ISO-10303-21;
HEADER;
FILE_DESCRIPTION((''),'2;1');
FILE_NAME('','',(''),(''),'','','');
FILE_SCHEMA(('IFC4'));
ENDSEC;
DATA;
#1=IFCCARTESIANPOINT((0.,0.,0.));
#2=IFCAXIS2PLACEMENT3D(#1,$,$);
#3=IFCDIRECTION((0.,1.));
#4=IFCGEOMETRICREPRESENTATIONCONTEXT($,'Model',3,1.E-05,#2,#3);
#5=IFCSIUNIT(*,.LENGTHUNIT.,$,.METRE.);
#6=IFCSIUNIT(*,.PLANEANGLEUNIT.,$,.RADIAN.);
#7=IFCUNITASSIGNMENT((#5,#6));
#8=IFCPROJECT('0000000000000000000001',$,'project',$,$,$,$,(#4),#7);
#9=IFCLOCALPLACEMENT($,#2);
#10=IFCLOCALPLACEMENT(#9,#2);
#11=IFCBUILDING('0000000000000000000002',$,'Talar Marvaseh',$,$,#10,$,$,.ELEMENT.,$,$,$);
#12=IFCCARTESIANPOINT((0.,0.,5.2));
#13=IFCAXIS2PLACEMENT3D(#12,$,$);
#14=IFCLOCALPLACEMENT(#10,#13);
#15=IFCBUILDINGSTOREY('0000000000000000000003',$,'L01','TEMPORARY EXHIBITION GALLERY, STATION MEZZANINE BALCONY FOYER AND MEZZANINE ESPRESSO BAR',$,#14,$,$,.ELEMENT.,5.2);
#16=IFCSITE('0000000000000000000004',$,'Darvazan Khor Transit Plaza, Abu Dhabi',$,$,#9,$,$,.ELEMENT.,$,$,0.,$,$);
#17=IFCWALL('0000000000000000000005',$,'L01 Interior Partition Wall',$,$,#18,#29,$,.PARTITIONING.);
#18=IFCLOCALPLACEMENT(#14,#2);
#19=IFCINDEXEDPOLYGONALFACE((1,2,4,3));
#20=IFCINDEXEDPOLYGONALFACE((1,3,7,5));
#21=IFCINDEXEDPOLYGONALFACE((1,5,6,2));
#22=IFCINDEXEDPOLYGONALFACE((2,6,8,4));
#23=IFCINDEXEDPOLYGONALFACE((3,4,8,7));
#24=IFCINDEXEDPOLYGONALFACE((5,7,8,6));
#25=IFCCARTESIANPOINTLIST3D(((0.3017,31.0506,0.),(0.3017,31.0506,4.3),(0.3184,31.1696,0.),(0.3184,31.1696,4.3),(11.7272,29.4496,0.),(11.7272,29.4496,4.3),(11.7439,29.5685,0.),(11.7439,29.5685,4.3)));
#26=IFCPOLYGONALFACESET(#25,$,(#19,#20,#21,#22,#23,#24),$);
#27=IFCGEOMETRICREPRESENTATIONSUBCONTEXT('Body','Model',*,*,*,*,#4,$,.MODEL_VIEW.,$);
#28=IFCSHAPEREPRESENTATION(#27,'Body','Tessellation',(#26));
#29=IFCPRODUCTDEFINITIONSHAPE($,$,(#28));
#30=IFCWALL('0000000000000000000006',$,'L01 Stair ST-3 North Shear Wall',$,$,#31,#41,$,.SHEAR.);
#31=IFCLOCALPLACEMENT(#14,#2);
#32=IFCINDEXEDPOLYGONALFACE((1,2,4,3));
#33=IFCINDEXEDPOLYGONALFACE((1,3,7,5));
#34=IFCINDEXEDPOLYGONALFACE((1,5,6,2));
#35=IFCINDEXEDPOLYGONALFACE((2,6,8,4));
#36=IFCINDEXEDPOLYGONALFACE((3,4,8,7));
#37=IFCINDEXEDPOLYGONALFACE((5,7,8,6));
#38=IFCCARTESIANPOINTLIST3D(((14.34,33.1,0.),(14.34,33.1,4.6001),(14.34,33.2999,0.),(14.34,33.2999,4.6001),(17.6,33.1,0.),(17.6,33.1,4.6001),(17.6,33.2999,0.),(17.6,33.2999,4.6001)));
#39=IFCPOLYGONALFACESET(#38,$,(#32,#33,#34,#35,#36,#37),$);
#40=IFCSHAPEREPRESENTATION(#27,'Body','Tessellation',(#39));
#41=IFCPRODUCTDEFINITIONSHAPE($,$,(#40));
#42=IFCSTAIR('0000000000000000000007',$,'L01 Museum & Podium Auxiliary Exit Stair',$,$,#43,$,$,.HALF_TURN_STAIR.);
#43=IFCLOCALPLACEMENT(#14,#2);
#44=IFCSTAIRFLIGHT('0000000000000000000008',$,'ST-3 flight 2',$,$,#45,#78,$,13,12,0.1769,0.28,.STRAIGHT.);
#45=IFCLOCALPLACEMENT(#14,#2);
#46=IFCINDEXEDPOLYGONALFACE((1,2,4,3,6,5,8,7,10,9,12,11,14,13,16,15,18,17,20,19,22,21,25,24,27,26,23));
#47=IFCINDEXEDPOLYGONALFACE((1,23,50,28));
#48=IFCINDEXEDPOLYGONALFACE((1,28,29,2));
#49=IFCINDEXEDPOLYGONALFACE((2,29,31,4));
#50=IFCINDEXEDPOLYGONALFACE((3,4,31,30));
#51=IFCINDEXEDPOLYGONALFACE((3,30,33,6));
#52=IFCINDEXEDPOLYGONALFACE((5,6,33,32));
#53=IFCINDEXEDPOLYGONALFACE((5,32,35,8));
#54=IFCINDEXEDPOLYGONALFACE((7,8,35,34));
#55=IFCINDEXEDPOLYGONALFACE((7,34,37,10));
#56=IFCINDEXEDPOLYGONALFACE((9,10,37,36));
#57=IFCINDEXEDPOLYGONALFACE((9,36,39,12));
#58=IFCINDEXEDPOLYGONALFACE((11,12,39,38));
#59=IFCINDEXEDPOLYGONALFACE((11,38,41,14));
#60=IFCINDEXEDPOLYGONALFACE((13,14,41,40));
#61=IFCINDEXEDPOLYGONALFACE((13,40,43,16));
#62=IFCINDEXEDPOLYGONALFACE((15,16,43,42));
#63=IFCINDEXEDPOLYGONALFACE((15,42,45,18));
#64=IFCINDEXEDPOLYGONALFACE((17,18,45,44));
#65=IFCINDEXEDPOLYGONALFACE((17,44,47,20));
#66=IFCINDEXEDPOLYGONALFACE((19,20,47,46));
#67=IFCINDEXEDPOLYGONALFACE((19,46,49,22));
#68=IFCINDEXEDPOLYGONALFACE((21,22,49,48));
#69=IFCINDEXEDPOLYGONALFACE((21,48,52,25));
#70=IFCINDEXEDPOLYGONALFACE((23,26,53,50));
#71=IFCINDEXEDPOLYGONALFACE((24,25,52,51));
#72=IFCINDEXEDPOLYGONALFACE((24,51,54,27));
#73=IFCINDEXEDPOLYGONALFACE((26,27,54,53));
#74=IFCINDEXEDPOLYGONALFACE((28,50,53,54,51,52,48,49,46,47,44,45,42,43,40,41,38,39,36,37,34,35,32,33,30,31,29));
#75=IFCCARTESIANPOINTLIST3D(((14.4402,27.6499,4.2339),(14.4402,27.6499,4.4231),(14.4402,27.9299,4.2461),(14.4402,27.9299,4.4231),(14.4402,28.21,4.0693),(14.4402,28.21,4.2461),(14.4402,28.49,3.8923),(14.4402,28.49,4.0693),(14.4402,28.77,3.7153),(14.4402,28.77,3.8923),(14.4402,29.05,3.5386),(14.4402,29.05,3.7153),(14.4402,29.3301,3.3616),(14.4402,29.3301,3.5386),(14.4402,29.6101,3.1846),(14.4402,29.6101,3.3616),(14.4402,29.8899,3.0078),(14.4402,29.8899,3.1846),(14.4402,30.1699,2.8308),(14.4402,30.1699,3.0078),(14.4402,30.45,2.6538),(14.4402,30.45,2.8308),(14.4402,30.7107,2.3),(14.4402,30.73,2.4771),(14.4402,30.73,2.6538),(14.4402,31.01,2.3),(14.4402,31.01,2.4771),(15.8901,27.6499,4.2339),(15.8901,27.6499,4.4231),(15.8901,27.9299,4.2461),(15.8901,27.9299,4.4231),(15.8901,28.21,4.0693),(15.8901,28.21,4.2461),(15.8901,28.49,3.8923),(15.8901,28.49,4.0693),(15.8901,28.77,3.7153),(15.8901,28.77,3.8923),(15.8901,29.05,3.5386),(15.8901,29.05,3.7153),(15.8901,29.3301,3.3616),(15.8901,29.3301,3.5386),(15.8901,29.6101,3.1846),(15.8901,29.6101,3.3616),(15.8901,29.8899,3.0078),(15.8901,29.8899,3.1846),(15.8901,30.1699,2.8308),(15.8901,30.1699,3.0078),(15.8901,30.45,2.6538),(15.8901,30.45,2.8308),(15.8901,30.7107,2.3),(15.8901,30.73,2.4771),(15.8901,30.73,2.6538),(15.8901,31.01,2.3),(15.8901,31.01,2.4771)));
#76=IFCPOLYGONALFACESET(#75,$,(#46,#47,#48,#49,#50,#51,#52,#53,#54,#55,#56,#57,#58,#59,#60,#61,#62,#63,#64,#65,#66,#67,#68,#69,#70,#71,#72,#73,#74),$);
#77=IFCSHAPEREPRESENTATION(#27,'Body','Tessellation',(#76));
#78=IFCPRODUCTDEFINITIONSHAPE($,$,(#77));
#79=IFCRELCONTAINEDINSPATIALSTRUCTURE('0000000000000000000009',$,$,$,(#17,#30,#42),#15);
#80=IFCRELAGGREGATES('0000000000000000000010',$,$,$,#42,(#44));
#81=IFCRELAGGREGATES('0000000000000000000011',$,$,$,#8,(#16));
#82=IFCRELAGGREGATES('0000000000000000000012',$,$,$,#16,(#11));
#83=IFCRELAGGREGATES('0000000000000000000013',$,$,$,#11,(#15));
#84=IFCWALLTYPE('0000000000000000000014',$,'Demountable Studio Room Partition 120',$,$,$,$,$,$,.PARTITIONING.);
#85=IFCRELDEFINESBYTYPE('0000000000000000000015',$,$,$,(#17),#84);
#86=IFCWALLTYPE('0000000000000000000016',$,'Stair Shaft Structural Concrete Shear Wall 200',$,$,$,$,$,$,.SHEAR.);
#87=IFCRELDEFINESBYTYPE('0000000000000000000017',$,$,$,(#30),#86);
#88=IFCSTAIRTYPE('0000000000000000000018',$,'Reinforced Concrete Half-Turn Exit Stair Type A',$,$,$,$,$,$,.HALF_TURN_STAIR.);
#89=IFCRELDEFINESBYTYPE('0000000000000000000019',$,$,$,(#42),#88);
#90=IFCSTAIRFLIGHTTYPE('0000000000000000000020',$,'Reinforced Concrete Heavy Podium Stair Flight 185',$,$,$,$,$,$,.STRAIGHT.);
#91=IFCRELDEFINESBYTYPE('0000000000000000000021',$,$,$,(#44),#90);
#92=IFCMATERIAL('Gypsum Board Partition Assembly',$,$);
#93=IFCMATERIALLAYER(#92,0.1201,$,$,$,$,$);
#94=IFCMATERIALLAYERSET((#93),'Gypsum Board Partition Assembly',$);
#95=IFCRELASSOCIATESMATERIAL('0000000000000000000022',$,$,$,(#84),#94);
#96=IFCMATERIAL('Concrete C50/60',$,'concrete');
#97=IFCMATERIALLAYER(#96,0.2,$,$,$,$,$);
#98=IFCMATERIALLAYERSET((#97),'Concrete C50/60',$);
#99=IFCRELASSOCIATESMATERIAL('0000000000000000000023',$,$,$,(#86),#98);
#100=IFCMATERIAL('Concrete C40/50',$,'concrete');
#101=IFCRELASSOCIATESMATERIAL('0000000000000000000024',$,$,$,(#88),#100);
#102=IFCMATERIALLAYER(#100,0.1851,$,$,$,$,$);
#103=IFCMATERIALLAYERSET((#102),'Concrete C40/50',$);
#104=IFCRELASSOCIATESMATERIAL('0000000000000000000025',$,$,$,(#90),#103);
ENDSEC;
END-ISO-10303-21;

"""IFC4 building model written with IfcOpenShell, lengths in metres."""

from ifc_helpers import new_model, si_unit, direction, frame, frame_2d, origin, place, context, subcontext, project, spatial, polyline, rectangle, outline, extrude, material, layer, layer_set, type_object, element, aggregate, save


model = new_model("IFC4")

# Units and contexts
model_context = context("Model", 3, precision=1e-05, world=origin(), true_north=direction((0.0, 1.0)))
body_context = subcontext(model_context, "Body", "Model", "MODEL_VIEW")
ifc_project = project(units=[si_unit("LENGTHUNIT", "METRE"), si_unit("PLANEANGLEUNIT", "RADIAN")], contexts=[model_context])

# Site, building, storey
site_placement = place(None, origin())
site = spatial("IfcSite", under=ifc_project, at=site_placement, Name="Darvazan Khor Transit Plaza, Abu Dhabi", CompositionType="ELEMENT", RefElevation=0.0)
building_placement = place(site_placement, origin())
building = spatial("IfcBuilding", under=site, at=building_placement, Name="Talar Marvaseh", CompositionType="ELEMENT")
storey_placement = place(building_placement, frame((0.0, 0.0, 5.2)))
storey = spatial("IfcBuildingStorey", under=building, at=storey_placement, Name="L01", Description="TEMPORARY EXHIBITION GALLERY, STATION MEZZANINE BALCONY FOYER AND MEZZANINE ESPRESSO BAR", CompositionType="ELEMENT", Elevation=5.2)

# Shared definitions
ifc_material_1 = material(Name="Concrete C40/50", Category="concrete")

# Shared definitions
ifc_material_2 = material(Name="Gypsum Board Partition Assembly")

# Walls
ifc_layer_1 = layer(ifc_material_2, 0.1201)
ifc_layer_set_1 = layer_set([ifc_layer_1], Name="Gypsum Board Partition Assembly")
wall_type_1 = type_object("IfcWallType", Name="Demountable Studio Room Partition 120", PredefinedType="PARTITIONING", material=ifc_layer_set_1)
wall_1_placement = place(storey_placement, frame((0.3101, 31.1101, 0.0), z_axis=(0.0, 0.0, 1.0), x_axis=(0.990324, -0.138775, 0.0)))
element("IfcWall", 1, at=wall_1_placement, inside=storey, type_object=wall_type_1, Name="L01 Interior Partition Wall", PredefinedType="PARTITIONING", context=body_context, shape_type="SweptSolid", body=[
    extrude(rectangle(XDim=11.5371, YDim=0.1201, at=frame_2d((5.7686, 0.0))), origin(), (0.0, 0.0, 1.0), 4.3),
])
ifc_material_3 = material(Name="Concrete C50/60", Category="concrete")
ifc_layer_2 = layer(ifc_material_3, 0.2)
ifc_layer_set_2 = layer_set([ifc_layer_2], Name="Concrete C50/60")
wall_type_2 = type_object("IfcWallType", Name="Stair Shaft Structural Concrete Shear Wall 200", PredefinedType="SHEAR", material=ifc_layer_set_2)
wall_2_placement = place(storey_placement, frame((14.3401, 33.2, 0.0), z_axis=(0.0, 0.0, 1.0), x_axis=(1.0, 0.0, 0.0)))
element("IfcWall", 2, at=wall_2_placement, inside=storey, type_object=wall_type_2, Name="L01 Stair ST-3 North Shear Wall", PredefinedType="SHEAR", context=body_context, shape_type="SweptSolid", body=[
    extrude(rectangle(XDim=3.26, YDim=0.2, at=frame_2d((1.6299, 0.0))), origin(), (0.0, 0.0, 1.0), 4.6001),
])

# Stair, stair flight
stair_type = type_object("IfcStairType", Name="Reinforced Concrete Half-Turn Exit Stair Type A", PredefinedType="HALF_TURN_STAIR", material=ifc_material_1)
stair_placement = place(storey_placement, origin())
stair = element("IfcStair", 3, at=stair_placement, inside=storey, type_object=stair_type, Name="L01 Museum & Podium Auxiliary Exit Stair", PredefinedType="HALF_TURN_STAIR")
ifc_layer_3 = layer(ifc_material_1, 0.1851)
ifc_layer_set_3 = layer_set([ifc_layer_3], Name="Concrete C40/50")
stair_flight_type = type_object("IfcStairFlightType", Name="Reinforced Concrete Heavy Podium Stair Flight 185", PredefinedType="STRAIGHT", material=ifc_layer_set_3)
stair_flight_placement = place(storey_placement, frame((15.165, 31.01, 2.3), z_axis=(0.0, 0.0, 1.0), x_axis=(0.0, -1.0, 0.0)))
stair_flight = element("IfcStairFlight", 4, at=stair_flight_placement, type_object=stair_flight_type, Name="ST-3 flight 2", NumberOfRisers=13, NumberOfTreads=12, PredefinedType="STRAIGHT", RiserHeight=0.1769, TreadLength=0.28, context=body_context, shape_type="SweptSolid", body=[
    extrude(outline(polyline([(0.0, 0.0), (0.0, 0.177), (0.28, 0.177), (0.28, 0.3538), (0.5601, 0.3538), (0.5601, 0.5308), (0.8401, 0.5308), (0.8401, 0.7078), (1.1201, 0.7078), (1.1201, 0.8845), (1.3999, 0.8845), (1.3999, 1.0615), (1.6799, 1.0615), (1.6799, 1.2385), (1.96, 1.2385), (1.96, 1.4153), (2.24, 1.4153), (2.24, 1.5923), (2.52, 1.5923), (2.52, 1.7693), (2.8, 1.7693), (2.8, 1.946), (3.0801, 1.946), (3.0801, 2.123), (3.3601, 2.123), (3.3601, 2.3), (3.3601, 1.9338), (0.2993, 0.0), (0.0, 0.0)])), frame((0.0, 0.7251, 0.0), z_axis=(0.0, -1.0, 0.0), x_axis=(1.0, 0.0, 0.0)), (0.0, 0.0, 1.0), 1.45),
])
aggregate(stair, [stair_flight])

save(model, "model.ifc")
